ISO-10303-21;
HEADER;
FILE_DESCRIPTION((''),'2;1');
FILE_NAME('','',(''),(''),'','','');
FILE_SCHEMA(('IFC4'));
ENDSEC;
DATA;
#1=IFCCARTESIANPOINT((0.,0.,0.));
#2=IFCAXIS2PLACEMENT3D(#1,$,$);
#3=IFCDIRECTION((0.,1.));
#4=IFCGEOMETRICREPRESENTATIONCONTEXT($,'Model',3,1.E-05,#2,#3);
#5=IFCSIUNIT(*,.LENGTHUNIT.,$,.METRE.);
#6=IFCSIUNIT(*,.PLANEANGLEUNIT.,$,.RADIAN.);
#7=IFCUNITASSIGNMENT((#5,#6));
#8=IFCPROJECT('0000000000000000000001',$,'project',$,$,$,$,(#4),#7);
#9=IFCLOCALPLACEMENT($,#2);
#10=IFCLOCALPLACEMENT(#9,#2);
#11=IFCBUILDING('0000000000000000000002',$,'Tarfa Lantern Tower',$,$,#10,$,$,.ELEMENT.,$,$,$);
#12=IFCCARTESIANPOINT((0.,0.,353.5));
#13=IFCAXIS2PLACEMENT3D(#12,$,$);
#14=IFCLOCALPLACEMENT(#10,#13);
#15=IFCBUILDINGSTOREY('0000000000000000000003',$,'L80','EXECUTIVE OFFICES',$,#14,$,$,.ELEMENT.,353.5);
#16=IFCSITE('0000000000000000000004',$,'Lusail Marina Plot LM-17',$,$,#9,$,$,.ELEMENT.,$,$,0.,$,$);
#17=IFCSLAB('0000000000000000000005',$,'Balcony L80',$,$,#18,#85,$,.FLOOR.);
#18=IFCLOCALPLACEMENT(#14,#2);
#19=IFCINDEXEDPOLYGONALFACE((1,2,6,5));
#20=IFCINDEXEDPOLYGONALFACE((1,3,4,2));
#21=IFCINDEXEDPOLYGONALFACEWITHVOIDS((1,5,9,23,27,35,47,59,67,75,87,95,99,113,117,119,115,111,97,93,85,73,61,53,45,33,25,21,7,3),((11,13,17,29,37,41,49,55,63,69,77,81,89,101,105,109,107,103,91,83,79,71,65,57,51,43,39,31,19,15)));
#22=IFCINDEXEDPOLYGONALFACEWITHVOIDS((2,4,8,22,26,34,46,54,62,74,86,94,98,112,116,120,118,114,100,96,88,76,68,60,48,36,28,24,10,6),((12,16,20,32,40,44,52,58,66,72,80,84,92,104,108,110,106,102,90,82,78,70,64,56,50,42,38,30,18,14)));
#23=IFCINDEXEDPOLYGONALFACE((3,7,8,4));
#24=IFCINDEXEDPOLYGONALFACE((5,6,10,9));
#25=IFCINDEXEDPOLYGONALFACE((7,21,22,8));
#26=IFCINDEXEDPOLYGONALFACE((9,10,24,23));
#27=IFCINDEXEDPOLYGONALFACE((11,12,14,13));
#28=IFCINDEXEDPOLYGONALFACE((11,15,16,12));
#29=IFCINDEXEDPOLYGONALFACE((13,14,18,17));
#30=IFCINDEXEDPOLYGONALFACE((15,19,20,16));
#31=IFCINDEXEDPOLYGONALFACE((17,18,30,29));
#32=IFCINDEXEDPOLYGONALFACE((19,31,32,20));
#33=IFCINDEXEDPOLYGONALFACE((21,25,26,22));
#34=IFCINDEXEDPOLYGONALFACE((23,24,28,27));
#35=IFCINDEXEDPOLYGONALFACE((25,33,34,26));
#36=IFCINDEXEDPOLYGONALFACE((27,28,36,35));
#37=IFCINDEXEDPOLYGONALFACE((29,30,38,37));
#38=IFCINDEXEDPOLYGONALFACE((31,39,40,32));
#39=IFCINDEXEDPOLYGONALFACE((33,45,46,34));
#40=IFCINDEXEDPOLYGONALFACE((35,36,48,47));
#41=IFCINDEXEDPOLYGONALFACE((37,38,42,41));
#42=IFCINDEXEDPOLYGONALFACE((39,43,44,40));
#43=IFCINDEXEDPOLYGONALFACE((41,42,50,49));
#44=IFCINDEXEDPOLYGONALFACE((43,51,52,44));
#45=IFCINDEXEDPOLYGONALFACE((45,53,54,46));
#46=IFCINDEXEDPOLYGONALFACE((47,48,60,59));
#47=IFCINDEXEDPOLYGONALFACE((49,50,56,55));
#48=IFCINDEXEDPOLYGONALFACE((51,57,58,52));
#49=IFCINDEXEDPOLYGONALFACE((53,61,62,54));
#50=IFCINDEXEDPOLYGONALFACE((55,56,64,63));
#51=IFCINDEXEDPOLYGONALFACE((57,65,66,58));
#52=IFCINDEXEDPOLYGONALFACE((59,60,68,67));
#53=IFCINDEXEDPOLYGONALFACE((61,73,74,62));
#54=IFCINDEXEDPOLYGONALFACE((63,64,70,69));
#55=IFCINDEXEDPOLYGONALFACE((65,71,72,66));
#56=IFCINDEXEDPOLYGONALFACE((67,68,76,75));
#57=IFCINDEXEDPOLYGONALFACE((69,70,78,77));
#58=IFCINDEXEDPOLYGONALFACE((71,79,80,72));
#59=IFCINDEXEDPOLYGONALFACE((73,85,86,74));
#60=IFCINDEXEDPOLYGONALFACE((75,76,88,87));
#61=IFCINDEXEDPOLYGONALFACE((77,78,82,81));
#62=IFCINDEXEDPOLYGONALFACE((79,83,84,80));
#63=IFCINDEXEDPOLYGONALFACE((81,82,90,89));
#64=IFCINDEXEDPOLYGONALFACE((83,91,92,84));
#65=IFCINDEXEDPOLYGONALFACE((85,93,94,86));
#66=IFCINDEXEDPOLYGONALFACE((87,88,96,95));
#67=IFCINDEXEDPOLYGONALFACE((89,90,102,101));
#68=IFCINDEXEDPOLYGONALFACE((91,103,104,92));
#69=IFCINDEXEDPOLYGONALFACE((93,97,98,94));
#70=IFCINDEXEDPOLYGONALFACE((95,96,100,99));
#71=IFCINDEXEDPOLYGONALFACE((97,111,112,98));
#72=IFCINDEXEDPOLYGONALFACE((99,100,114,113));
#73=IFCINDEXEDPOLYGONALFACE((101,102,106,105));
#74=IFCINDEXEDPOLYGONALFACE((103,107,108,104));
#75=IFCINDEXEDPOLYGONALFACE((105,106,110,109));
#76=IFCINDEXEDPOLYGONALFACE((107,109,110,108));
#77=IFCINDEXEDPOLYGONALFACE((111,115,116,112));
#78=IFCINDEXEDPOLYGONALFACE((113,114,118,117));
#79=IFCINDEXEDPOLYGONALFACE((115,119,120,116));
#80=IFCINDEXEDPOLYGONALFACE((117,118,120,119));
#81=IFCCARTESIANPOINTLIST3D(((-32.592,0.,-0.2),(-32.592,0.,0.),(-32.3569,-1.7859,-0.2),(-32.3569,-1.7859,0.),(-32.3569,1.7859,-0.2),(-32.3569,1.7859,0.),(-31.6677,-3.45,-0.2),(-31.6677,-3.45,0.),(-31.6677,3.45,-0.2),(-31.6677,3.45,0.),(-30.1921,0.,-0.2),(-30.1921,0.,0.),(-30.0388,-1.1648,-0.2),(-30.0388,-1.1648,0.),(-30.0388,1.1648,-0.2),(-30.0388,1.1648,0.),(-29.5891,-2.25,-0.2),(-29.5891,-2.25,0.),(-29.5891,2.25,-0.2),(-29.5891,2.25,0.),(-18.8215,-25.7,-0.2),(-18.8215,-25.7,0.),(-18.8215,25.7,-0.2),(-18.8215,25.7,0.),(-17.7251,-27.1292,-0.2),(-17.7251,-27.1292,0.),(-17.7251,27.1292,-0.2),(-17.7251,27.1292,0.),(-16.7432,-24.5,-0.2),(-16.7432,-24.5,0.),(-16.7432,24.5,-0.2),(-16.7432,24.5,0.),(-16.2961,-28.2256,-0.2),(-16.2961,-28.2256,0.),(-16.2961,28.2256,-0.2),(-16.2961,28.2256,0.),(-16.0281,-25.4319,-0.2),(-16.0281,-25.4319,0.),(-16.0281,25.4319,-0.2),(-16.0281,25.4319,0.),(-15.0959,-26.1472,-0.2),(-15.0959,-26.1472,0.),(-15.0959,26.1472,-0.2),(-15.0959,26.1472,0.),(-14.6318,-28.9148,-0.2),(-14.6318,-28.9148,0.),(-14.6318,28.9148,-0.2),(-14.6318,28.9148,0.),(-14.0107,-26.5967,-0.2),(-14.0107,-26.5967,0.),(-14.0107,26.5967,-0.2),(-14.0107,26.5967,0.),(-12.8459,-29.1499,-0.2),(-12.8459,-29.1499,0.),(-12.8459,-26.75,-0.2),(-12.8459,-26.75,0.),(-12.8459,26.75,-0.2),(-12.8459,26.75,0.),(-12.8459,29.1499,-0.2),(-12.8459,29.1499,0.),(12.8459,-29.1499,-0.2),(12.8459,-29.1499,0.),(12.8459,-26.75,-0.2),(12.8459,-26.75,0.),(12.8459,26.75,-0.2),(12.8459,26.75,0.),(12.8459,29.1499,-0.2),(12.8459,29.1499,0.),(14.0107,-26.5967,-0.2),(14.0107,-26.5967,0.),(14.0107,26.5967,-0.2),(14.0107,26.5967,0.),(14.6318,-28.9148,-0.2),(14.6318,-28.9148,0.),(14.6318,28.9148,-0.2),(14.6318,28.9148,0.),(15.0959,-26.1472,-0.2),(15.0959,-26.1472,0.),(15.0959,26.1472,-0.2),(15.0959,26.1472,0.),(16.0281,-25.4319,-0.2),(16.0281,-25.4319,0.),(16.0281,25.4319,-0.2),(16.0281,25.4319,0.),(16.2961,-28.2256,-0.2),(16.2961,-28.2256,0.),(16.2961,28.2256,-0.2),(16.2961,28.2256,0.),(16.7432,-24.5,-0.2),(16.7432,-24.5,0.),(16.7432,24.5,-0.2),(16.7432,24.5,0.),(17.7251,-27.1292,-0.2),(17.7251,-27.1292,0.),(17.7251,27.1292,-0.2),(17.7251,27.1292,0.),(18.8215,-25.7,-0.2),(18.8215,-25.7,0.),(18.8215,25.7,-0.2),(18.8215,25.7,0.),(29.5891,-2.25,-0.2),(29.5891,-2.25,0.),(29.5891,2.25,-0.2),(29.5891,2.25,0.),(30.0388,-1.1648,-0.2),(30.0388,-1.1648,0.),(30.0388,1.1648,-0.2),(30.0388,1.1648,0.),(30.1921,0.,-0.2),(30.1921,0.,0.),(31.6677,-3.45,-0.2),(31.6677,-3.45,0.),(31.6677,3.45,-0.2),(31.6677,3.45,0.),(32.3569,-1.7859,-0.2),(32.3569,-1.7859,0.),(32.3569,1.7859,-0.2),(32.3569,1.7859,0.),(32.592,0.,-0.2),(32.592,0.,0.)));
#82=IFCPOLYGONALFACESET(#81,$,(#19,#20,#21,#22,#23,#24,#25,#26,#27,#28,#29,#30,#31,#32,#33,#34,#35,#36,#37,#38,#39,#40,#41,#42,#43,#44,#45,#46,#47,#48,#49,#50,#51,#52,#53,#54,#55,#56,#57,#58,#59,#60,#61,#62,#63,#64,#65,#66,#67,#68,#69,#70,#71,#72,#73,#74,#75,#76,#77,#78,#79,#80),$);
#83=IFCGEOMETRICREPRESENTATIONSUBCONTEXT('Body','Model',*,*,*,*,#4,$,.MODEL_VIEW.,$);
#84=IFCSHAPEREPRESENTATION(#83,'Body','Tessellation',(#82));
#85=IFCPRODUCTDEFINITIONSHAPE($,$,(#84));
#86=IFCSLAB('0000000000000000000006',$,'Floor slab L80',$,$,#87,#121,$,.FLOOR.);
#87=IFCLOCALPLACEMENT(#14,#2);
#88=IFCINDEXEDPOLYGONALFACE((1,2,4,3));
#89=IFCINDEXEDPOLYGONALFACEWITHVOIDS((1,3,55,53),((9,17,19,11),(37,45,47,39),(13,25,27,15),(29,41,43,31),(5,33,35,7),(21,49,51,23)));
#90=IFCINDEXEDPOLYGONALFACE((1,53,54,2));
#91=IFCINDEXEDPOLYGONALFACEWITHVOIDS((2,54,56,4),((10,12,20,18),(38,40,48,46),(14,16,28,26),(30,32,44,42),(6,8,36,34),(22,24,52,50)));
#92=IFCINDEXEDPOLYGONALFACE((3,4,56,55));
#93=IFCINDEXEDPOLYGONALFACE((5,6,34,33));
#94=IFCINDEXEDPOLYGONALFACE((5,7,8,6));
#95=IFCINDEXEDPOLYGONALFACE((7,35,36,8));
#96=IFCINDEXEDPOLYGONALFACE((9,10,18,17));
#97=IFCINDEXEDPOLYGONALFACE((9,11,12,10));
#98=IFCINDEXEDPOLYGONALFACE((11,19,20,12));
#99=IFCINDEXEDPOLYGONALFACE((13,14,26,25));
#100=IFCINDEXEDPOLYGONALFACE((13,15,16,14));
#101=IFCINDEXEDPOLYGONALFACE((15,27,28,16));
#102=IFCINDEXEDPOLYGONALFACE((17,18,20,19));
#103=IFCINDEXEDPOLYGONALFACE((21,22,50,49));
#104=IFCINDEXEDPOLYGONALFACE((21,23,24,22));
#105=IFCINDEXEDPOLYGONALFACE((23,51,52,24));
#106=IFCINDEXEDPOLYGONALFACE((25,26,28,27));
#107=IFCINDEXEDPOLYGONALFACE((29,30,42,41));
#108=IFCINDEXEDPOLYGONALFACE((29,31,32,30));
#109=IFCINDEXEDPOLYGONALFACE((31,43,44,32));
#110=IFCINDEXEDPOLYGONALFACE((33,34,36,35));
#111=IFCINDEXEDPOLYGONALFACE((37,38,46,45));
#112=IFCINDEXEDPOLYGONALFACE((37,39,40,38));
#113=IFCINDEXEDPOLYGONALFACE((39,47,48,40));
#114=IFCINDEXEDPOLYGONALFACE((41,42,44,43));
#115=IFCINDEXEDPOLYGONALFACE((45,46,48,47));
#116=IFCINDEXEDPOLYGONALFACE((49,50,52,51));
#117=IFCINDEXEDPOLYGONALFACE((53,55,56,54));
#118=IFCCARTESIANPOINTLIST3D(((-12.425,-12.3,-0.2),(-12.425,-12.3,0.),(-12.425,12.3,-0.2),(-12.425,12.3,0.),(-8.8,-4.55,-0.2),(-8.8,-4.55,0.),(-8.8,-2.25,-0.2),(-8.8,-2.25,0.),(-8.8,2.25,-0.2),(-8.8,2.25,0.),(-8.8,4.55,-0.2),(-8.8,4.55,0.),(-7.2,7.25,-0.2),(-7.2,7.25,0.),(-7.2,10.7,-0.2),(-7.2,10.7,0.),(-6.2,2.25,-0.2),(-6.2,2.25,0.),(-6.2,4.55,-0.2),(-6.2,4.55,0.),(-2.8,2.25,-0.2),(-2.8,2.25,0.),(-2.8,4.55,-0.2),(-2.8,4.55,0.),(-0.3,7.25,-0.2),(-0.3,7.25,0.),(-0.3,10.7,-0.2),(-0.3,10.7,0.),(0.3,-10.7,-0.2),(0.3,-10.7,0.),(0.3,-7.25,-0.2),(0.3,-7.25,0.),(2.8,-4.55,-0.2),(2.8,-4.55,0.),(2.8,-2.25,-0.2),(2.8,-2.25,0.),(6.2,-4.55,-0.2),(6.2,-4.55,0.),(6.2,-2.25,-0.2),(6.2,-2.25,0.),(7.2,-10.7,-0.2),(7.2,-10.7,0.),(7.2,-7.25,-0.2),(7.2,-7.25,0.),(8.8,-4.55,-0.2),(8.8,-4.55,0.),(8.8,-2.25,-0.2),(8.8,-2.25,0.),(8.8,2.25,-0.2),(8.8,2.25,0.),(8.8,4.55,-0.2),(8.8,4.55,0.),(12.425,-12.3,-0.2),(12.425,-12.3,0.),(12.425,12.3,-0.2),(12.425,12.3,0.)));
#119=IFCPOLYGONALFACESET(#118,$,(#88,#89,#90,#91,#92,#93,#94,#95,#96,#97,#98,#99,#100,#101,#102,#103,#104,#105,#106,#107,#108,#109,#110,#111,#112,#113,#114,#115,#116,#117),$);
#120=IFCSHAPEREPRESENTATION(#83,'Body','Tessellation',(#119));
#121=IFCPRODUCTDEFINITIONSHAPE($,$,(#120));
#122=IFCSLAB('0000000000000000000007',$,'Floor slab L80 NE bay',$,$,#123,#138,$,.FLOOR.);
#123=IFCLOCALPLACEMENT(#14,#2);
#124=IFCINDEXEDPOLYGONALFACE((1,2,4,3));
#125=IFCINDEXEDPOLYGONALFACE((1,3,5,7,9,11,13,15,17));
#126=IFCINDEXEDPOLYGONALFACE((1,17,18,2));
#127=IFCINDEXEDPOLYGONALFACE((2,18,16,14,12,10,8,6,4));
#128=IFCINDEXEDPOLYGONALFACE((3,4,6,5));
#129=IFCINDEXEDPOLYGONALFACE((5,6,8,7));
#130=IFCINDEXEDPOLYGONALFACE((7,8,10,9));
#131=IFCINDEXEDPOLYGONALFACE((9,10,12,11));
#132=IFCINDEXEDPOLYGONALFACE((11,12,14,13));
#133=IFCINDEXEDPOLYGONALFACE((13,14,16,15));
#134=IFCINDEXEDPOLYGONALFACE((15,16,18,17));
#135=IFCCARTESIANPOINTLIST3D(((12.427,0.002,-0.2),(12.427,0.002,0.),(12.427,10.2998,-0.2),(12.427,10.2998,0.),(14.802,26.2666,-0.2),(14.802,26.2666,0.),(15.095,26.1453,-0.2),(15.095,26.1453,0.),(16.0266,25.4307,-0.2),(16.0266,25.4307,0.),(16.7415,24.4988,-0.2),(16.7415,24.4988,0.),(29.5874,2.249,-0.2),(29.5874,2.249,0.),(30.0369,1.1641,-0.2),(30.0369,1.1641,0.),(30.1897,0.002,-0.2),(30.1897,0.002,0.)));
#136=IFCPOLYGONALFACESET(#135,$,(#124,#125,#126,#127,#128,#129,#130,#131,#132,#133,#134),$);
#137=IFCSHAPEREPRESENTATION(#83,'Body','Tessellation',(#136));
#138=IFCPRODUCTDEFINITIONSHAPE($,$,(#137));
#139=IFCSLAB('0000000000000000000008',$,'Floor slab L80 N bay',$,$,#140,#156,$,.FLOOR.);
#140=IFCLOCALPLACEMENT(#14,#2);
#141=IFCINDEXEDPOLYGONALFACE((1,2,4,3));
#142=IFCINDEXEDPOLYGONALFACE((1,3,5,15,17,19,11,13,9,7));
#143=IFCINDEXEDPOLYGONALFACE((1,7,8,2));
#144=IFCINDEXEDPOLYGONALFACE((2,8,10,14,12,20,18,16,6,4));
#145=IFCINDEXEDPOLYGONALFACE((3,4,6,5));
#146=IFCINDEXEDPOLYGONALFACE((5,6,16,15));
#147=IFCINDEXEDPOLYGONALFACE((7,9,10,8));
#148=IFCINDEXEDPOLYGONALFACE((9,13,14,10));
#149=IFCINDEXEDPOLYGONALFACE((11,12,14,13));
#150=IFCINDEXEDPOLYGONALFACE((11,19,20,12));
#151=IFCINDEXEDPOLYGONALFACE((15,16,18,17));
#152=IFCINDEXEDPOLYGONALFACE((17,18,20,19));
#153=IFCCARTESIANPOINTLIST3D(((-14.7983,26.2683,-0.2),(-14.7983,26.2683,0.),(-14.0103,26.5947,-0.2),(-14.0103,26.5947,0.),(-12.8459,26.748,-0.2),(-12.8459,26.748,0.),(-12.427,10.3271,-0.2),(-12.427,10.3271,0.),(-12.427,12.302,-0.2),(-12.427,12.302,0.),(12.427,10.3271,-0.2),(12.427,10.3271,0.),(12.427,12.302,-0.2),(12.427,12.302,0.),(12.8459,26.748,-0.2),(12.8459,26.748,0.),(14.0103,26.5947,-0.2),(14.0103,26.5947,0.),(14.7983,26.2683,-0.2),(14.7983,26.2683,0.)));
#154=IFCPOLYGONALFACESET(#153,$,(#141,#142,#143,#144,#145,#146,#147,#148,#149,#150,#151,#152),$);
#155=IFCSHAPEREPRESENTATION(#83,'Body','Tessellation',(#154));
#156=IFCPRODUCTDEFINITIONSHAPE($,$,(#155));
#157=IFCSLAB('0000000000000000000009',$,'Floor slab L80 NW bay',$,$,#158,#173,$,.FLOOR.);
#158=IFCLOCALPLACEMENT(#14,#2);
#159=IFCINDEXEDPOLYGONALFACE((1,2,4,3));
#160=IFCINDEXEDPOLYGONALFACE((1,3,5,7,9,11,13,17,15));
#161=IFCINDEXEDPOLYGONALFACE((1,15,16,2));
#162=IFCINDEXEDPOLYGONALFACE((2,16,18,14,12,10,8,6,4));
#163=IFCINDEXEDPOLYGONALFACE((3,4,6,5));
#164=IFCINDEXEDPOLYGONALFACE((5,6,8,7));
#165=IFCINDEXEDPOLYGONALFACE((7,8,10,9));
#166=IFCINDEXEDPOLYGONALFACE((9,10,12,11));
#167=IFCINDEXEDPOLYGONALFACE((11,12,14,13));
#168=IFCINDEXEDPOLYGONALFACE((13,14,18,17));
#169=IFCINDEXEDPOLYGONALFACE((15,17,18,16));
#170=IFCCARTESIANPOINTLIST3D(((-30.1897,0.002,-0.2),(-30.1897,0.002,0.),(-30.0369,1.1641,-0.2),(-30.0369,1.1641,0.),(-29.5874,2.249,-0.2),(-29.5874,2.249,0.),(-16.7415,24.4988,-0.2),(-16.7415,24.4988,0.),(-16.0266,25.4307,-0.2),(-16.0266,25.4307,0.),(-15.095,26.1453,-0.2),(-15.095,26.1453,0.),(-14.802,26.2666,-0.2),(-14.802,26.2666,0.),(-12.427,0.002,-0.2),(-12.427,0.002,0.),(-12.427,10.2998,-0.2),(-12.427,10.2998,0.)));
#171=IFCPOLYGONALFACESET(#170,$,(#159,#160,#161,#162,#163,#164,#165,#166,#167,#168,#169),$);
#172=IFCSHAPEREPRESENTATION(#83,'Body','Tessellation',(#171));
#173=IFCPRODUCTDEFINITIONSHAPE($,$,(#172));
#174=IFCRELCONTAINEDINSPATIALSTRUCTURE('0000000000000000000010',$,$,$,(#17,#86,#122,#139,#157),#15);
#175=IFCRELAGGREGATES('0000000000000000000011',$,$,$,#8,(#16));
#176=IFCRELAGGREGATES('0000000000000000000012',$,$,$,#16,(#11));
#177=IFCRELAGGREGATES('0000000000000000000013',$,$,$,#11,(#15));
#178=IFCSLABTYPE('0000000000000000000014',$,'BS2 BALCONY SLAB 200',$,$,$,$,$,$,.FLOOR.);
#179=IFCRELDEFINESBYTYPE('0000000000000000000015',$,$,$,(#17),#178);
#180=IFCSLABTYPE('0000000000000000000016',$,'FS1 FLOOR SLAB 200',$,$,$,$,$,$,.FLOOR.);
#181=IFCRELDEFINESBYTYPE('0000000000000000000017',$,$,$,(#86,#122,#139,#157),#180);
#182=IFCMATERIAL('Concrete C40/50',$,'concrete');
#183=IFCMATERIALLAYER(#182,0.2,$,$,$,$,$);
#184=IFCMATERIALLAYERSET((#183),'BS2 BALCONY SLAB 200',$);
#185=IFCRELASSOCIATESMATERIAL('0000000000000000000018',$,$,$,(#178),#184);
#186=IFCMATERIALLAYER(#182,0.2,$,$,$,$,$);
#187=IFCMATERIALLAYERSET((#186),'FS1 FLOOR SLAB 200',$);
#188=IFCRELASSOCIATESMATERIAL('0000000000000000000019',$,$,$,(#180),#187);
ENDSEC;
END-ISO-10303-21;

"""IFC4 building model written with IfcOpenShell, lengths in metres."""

from ifc_helpers import new_model, si_unit, direction, frame, origin, place, context, subcontext, project, spatial, polyline, outline, extrude, material, layer, layer_set, type_object, element, save


model = new_model("IFC4")

# Units and contexts
model_context = context("Model", 3, precision=1e-05, world=origin(), true_north=direction((0.0, 1.0)))
body_context = subcontext(model_context, "Body", "Model", "MODEL_VIEW")
ifc_project = project(units=[si_unit("LENGTHUNIT", "METRE"), si_unit("PLANEANGLEUNIT", "RADIAN")], contexts=[model_context])

# Site, building, storey
site_placement = place(None, origin())
site = spatial("IfcSite", under=ifc_project, at=site_placement, Name="Lusail Marina Plot LM-17", CompositionType="ELEMENT", RefElevation=0.0)
building_placement = place(site_placement, origin())
building = spatial("IfcBuilding", under=site, at=building_placement, Name="Tarfa Lantern Tower", CompositionType="ELEMENT")
storey_placement = place(building_placement, frame((0.0, 0.0, 353.5)))
storey = spatial("IfcBuildingStorey", under=building, at=storey_placement, Name="L80", Description="EXECUTIVE OFFICES", CompositionType="ELEMENT", Elevation=353.5)

# Slabs
ifc_material_1 = material(Name="Concrete C40/50", Category="concrete")
ifc_layer_1 = layer(ifc_material_1, 0.2)
ifc_layer_set_1 = layer_set([ifc_layer_1], Name="BS2 BALCONY SLAB 200")
slab_type_1 = type_object("IfcSlabType", Name="BS2 BALCONY SLAB 200", PredefinedType="FLOOR", material=ifc_layer_set_1)
slab_1_placement = place(storey_placement, frame((0.0, 0.0, -0.2)))
element("IfcSlab", 1, at=slab_1_placement, inside=storey, type_object=slab_type_1, Name="Balcony L80", PredefinedType="FLOOR", context=body_context, shape_type="SweptSolid", body=[
    extrude(outline(polyline([(31.6677, 3.45), (18.8215, 25.7), (17.7251, 27.1292), (16.2961, 28.2256), (14.6318, 28.9148), (12.8459, 29.1499), (-12.8459, 29.1499), (-14.6318, 28.9148), (-16.2961, 28.2256), (-17.7251, 27.1292), (-18.8215, 25.7), (-31.6677, 3.45), (-32.3569, 1.7859), (-32.592, 0.0), (-32.3569, -1.7859), (-31.6677, -3.45), (-18.8215, -25.7), (-17.7251, -27.1292), (-16.2961, -28.2256), (-14.6318, -28.9148), (-12.8459, -29.1499), (12.8459, -29.1499), (14.6318, -28.9148), (16.2961, -28.2256), (17.7251, -27.1292), (18.8215, -25.7), (31.6677, -3.45), (32.3569, -1.7859), (32.592, 0.0), (32.3569, 1.7859), (31.6677, 3.45)]), holes=[polyline([(29.5891, 2.25), (16.7432, 24.5), (16.0281, 25.4319), (15.0959, 26.1472), (14.0107, 26.5967), (12.8459, 26.75), (-12.8459, 26.75), (-14.0107, 26.5967), (-15.0959, 26.1472), (-16.0281, 25.4319), (-16.7432, 24.5), (-29.5891, 2.25), (-30.0388, 1.1648), (-30.1921, 0.0), (-30.0388, -1.1648), (-29.5891, -2.25), (-16.7432, -24.5), (-16.0281, -25.4319), (-15.0959, -26.1472), (-14.0107, -26.5967), (-12.8459, -26.75), (12.8459, -26.75), (14.0107, -26.5967), (15.0959, -26.1472), (16.0281, -25.4319), (16.7432, -24.5), (29.5891, -2.25), (30.0388, -1.1648), (30.1921, 0.0), (30.0388, 1.1648), (29.5891, 2.25)])]), origin(), (0.0, 0.0, 1.0), 0.2),
])
ifc_layer_2 = layer(ifc_material_1, 0.2)
ifc_layer_set_2 = layer_set([ifc_layer_2], Name="FS1 FLOOR SLAB 200")
slab_type_2 = type_object("IfcSlabType", Name="FS1 FLOOR SLAB 200", PredefinedType="FLOOR", material=ifc_layer_set_2)
slab_2_placement = place(storey_placement, frame((0.0, 0.0, -0.2)))
element("IfcSlab", 2, at=slab_2_placement, inside=storey, type_object=slab_type_2, Name="Floor slab L80", PredefinedType="FLOOR", context=body_context, shape_type="SweptSolid", body=[
    extrude(outline(polyline([(-12.425, -12.3), (12.425, -12.3), (12.425, 12.3), (-12.425, 12.3), (-12.425, -12.3)]), holes=[polyline([(-8.8, 2.25), (-6.2, 2.25), (-6.2, 4.55), (-8.8, 4.55), (-8.8, 2.25)]), polyline([(-2.8, 2.25), (8.8, 2.25), (8.8, 4.55), (-2.8, 4.55), (-2.8, 2.25)]), polyline([(8.8, -2.25), (6.2, -2.25), (6.2, -4.55), (8.8, -4.55), (8.8, -2.25)]), polyline([(2.8, -2.25), (-8.8, -2.25), (-8.8, -4.55), (2.8, -4.55), (2.8, -2.25)]), polyline([(-7.2, 7.25), (-0.3, 7.25), (-0.3, 10.7), (-7.2, 10.7), (-7.2, 7.25)]), polyline([(7.2, -7.25), (0.3, -7.25), (0.3, -10.7), (7.2, -10.7), (7.2, -7.25)])]), origin(), (0.0, 0.0, 1.0), 0.2),
])
slab_3_placement = place(storey_placement, frame((0.0, 0.0, -0.2)))
element("IfcSlab", 3, at=slab_3_placement, inside=storey, type_object=slab_type_2, Name="Floor slab L80 NE bay", PredefinedType="FLOOR", context=body_context, shape_type="SweptSolid", body=[
    extrude(outline(polyline([(29.5874, 2.249), (16.7415, 24.4988), (16.0266, 25.4307), (15.095, 26.1453), (14.802, 26.2666), (12.427, 10.2998), (12.427, 0.002), (30.1897, 0.002), (30.0369, 1.1641), (29.5874, 2.249)])), origin(), (0.0, 0.0, 1.0), 0.2),
])
slab_4_placement = place(storey_placement, frame((0.0, 0.0, -0.2)))
element("IfcSlab", 4, at=slab_4_placement, inside=storey, type_object=slab_type_2, Name="Floor slab L80 N bay", PredefinedType="FLOOR", context=body_context, shape_type="SweptSolid", body=[
    extrude(outline(polyline([(-12.427, 10.3271), (-12.427, 12.302), (12.427, 12.302), (12.427, 10.3271), (14.7983, 26.2683), (14.0103, 26.5947), (12.8459, 26.748), (-12.8459, 26.748), (-14.0103, 26.5947), (-14.7983, 26.2683), (-12.427, 10.3271)])), origin(), (0.0, 0.0, 1.0), 0.2),
])
slab_5_placement = place(storey_placement, frame((0.0, 0.0, -0.2)))
element("IfcSlab", 5, at=slab_5_placement, inside=storey, type_object=slab_type_2, Name="Floor slab L80 NW bay", PredefinedType="FLOOR", context=body_context, shape_type="SweptSolid", body=[
    extrude(outline(polyline([(-12.427, 0.002), (-12.427, 10.2998), (-14.802, 26.2666), (-15.095, 26.1453), (-16.0266, 25.4307), (-16.7415, 24.4988), (-29.5874, 2.249), (-30.0369, 1.1641), (-30.1897, 0.002), (-12.427, 0.002)])), origin(), (0.0, 0.0, 1.0), 0.2),
])

save(model, "model.ifc")
